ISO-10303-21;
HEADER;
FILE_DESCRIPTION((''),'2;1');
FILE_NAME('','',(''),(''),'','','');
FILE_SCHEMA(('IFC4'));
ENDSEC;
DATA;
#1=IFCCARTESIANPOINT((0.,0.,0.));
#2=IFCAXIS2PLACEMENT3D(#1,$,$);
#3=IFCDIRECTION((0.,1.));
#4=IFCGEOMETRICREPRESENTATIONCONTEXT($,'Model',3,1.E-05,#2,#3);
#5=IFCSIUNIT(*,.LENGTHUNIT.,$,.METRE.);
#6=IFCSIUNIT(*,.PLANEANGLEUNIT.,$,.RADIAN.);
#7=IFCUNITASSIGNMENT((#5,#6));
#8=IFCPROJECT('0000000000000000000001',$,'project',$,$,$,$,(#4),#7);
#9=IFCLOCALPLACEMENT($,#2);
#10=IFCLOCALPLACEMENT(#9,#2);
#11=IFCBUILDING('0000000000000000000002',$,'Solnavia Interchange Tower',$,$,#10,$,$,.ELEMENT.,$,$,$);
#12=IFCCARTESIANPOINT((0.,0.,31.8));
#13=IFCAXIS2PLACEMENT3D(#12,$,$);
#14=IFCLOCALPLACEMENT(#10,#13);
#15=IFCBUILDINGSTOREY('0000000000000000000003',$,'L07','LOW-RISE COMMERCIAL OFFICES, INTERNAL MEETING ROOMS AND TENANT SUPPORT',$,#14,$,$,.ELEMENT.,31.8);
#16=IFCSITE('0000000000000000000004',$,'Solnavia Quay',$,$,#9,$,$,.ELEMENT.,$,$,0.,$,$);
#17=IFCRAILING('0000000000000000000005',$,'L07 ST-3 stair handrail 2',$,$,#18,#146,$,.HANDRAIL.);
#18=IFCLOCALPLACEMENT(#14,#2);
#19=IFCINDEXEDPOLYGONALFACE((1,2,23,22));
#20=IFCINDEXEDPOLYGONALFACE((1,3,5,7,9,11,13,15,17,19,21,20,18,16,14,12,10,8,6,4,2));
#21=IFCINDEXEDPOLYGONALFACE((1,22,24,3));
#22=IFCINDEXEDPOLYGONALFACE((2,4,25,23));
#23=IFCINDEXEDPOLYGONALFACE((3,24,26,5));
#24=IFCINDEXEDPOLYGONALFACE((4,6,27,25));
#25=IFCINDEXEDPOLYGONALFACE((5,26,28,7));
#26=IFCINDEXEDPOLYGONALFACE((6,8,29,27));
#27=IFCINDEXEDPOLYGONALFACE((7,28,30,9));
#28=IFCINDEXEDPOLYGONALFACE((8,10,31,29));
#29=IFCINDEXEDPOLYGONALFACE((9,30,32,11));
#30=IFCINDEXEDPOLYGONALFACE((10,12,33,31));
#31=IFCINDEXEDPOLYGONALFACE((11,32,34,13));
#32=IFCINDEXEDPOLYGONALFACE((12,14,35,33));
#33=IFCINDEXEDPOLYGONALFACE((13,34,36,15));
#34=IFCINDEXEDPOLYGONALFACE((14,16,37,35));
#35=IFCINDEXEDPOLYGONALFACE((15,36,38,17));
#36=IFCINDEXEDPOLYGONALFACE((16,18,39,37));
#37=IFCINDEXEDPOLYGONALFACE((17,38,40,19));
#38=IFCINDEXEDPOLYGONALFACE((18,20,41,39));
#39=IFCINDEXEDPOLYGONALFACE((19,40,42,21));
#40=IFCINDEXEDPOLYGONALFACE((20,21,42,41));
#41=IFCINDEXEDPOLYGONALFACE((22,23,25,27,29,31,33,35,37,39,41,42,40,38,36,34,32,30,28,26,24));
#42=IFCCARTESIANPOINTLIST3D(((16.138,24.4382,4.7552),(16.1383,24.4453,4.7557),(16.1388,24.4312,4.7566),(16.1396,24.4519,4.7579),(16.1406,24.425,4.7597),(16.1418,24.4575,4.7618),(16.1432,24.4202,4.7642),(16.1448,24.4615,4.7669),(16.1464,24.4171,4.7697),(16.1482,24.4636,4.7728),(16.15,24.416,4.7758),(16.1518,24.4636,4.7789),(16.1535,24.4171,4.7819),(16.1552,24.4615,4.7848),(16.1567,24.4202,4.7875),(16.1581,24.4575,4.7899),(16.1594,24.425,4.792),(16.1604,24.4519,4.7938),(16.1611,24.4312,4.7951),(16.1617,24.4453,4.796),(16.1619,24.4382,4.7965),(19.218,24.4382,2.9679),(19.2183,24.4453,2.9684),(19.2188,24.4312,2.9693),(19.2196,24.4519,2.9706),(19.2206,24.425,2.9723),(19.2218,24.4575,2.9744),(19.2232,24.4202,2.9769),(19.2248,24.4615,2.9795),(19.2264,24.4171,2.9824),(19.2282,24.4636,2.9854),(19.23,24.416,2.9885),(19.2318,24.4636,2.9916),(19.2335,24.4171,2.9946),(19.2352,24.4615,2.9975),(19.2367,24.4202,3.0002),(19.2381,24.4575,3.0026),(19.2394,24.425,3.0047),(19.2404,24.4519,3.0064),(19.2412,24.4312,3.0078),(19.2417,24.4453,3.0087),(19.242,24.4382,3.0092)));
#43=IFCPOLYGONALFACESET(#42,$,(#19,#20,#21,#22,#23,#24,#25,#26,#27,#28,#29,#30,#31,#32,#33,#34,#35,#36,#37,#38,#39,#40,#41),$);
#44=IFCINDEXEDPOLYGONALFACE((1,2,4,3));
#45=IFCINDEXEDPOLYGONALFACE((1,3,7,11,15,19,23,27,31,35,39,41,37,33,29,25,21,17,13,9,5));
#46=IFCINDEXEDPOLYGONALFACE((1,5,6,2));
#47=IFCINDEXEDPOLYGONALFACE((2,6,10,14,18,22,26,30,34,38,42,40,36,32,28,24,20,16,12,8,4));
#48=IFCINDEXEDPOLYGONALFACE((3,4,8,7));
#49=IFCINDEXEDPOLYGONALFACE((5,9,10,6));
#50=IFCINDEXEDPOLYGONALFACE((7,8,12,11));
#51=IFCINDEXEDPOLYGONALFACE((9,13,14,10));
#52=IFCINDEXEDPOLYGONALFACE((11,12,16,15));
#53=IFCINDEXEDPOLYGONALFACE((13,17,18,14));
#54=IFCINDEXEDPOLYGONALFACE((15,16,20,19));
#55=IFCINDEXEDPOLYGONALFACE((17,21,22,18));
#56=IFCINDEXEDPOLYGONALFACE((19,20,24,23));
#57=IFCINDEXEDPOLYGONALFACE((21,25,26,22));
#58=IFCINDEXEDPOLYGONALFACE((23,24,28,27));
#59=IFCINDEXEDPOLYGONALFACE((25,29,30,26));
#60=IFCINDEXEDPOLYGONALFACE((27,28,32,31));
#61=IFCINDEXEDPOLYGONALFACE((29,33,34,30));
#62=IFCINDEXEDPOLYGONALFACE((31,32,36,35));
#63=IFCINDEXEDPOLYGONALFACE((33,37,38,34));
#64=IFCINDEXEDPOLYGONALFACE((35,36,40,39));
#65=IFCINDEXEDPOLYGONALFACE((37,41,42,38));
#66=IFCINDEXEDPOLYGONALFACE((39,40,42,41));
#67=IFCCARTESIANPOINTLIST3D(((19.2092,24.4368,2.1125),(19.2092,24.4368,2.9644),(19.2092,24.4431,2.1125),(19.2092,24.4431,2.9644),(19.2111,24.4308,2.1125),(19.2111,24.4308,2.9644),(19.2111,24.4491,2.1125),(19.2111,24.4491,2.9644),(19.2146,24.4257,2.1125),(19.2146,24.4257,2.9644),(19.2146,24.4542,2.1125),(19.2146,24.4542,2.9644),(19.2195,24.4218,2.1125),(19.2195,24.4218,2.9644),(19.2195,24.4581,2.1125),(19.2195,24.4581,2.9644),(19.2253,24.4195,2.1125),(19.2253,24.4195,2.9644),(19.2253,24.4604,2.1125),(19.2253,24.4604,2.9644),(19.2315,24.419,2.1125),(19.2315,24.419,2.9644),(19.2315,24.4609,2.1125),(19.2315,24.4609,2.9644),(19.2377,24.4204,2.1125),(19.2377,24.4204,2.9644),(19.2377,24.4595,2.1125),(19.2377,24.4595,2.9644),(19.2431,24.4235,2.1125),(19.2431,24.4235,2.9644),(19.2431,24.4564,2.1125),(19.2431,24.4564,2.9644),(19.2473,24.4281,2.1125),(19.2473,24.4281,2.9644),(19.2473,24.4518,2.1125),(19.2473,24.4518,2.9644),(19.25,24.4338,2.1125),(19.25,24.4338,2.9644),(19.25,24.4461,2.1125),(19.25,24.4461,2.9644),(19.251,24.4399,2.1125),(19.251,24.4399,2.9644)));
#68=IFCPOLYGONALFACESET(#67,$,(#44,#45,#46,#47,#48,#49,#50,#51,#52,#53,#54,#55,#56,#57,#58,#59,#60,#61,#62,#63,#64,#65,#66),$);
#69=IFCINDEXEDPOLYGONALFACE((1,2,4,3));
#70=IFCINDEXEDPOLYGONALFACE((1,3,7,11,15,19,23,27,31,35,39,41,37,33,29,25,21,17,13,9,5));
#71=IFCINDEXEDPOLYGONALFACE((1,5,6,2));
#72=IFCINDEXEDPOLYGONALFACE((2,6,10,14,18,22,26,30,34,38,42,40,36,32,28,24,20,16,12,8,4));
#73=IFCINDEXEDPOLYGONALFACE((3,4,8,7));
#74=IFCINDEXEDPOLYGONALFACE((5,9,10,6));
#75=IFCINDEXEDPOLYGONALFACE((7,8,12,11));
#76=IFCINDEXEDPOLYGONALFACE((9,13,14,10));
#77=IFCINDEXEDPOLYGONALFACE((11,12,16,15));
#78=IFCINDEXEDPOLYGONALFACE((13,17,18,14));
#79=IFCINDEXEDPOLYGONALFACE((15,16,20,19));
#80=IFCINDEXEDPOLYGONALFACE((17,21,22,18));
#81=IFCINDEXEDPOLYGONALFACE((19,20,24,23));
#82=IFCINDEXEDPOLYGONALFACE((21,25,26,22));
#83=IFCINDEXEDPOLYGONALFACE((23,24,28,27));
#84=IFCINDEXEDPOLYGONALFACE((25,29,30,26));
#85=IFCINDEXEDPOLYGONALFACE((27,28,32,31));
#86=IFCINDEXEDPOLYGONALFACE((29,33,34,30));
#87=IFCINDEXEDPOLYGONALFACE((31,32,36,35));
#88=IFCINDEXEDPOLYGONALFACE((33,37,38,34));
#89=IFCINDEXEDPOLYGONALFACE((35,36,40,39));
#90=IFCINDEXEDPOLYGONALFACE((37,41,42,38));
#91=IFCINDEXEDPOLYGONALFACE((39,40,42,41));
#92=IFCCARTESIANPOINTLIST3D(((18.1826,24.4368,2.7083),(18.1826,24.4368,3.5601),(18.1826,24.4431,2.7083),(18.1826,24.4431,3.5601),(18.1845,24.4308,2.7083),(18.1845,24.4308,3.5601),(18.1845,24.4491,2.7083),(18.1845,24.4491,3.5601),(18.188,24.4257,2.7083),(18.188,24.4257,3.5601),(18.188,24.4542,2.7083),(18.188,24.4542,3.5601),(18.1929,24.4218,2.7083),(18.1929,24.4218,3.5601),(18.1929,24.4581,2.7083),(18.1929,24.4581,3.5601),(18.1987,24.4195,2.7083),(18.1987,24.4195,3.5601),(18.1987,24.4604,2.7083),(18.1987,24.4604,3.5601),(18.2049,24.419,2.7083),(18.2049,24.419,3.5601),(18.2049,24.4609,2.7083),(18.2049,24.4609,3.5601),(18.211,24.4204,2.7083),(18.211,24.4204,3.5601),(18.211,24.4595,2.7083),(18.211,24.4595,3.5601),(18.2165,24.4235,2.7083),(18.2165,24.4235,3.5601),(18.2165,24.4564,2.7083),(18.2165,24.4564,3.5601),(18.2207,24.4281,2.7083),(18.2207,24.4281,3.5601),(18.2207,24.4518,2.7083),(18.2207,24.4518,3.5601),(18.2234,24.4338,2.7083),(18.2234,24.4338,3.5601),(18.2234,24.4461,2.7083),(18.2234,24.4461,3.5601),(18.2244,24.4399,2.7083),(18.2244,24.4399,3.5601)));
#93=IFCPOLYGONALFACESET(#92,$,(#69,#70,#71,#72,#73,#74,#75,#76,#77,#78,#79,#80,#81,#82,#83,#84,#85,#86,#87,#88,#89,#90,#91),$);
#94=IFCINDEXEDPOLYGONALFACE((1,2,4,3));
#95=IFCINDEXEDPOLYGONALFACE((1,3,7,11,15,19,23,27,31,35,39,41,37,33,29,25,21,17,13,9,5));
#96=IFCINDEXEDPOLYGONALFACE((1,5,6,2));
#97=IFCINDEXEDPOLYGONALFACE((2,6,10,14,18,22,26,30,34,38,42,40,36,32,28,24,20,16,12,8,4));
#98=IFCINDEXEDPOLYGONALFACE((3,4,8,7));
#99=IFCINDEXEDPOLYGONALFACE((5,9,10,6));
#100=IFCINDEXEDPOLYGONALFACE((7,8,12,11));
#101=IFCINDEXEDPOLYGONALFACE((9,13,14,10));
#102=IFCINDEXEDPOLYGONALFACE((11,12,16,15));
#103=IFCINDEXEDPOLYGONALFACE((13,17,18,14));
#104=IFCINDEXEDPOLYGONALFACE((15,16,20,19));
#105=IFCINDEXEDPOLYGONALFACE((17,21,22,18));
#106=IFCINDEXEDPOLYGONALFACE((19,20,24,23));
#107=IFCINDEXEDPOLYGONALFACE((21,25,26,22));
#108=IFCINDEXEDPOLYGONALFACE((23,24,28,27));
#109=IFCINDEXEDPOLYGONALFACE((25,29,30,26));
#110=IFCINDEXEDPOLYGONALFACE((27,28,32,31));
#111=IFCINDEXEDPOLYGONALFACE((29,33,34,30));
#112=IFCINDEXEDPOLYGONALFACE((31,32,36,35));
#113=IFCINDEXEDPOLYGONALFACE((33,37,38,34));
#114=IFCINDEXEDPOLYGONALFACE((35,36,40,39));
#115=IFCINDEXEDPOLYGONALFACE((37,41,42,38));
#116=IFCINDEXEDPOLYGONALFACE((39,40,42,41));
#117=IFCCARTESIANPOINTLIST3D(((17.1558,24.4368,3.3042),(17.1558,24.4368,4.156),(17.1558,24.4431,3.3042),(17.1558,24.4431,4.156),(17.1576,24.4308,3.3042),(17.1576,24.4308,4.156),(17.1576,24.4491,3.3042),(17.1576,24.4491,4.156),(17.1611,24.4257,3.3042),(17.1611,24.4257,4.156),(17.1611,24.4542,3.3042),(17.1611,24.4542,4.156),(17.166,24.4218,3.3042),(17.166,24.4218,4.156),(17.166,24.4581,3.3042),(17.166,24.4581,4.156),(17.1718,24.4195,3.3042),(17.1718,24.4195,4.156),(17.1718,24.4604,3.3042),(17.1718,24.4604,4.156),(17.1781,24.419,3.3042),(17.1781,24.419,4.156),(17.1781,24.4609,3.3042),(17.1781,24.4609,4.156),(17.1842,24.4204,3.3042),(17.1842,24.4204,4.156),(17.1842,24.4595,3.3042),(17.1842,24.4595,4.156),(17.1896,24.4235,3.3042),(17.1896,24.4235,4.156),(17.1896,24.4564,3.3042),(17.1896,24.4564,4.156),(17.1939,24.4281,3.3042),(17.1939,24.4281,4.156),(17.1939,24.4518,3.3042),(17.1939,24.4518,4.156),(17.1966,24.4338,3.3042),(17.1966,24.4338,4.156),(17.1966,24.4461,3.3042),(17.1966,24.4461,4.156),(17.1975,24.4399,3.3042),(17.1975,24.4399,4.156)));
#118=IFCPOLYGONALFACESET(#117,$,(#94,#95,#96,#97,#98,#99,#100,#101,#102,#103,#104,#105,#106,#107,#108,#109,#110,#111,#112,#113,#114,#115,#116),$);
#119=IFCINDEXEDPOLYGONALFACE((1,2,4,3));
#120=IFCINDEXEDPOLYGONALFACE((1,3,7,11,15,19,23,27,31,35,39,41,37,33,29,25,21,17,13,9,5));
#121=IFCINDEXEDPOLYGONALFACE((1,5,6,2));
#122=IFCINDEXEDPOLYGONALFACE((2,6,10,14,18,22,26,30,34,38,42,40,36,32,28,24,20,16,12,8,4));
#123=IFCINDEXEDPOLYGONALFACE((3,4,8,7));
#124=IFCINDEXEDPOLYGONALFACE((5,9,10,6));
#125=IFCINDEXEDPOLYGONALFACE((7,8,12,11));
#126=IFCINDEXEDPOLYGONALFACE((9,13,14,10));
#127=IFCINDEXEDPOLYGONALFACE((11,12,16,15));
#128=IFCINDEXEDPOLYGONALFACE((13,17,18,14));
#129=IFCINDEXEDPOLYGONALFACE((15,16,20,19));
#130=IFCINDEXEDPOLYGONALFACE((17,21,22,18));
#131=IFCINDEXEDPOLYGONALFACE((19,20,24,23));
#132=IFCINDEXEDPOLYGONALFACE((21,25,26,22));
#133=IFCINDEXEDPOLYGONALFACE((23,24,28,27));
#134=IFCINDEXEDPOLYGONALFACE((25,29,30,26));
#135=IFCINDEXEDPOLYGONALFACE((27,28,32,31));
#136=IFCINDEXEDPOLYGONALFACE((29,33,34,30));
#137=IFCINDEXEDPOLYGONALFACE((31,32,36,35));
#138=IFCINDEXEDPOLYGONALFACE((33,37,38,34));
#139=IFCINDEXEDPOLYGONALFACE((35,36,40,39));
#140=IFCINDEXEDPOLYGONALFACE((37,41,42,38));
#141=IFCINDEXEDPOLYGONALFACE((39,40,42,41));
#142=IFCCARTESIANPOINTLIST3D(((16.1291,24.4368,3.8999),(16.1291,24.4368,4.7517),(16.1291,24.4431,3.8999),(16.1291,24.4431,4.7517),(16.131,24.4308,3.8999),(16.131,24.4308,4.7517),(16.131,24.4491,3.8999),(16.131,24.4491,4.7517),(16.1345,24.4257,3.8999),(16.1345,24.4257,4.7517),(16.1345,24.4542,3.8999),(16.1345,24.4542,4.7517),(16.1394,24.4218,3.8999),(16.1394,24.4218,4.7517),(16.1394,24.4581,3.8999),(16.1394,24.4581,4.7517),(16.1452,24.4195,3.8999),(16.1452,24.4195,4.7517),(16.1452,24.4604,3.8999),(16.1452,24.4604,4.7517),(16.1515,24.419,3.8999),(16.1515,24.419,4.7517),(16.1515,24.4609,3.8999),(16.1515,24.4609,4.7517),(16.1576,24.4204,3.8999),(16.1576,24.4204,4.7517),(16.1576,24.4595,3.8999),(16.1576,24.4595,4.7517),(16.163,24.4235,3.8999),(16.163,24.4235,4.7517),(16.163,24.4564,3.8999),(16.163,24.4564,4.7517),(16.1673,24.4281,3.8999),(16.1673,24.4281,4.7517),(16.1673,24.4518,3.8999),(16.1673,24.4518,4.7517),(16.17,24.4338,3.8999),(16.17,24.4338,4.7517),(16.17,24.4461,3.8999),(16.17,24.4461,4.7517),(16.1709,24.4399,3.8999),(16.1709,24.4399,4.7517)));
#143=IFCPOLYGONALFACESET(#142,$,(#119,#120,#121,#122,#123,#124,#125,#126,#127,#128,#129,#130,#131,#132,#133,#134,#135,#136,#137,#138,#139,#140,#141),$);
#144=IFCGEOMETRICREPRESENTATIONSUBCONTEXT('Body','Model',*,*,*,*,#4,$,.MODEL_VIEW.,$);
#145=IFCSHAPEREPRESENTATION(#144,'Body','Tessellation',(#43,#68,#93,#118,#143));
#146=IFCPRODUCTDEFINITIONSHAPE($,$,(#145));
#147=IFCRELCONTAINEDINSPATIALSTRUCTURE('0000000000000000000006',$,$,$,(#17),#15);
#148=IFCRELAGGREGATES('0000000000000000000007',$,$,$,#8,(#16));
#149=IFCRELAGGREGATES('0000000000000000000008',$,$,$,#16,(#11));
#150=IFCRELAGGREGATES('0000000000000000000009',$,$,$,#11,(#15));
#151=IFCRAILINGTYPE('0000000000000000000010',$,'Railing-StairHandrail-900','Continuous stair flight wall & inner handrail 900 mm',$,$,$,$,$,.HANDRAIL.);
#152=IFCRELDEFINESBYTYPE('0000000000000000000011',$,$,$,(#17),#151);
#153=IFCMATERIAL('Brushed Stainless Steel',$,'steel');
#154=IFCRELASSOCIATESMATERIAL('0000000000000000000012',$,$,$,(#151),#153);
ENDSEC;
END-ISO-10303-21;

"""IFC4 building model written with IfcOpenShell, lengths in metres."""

from ifc_helpers import new_model, si_unit, direction, frame, origin, origin_2d, place, context, subcontext, project, spatial, circle, extrude, material, type_object, element, save


model = new_model("IFC4")

# Units and contexts
model_context = context("Model", 3, precision=1e-05, world=origin(), true_north=direction((0.0, 1.0)))
body_context = subcontext(model_context, "Body", "Model", "MODEL_VIEW")
ifc_project = project(units=[si_unit("LENGTHUNIT", "METRE"), si_unit("PLANEANGLEUNIT", "RADIAN")], contexts=[model_context])

# Site, building, storey
site_placement = place(None, origin())
site = spatial("IfcSite", under=ifc_project, at=site_placement, Name="Solnavia Quay", CompositionType="ELEMENT", RefElevation=0.0)
building_placement = place(site_placement, origin())
building = spatial("IfcBuilding", under=site, at=building_placement, Name="Solnavia Interchange Tower", CompositionType="ELEMENT")
storey_placement = place(building_placement, frame((0.0, 0.0, 31.8)))
storey = spatial("IfcBuildingStorey", under=building, at=storey_placement, Name="L07", Description="LOW-RISE COMMERCIAL OFFICES, INTERNAL MEETING ROOMS AND TENANT SUPPORT", CompositionType="ELEMENT", Elevation=31.8)

# Railing
ifc_material_1 = material(Name="Brushed Stainless Steel", Category="steel")
railing_type = type_object("IfcRailingType", Name="Railing-StairHandrail-900", Description="Continuous stair flight wall & inner handrail 900 mm", PredefinedType="HANDRAIL", material=ifc_material_1)
railing_placement = place(storey_placement, frame((19.23, 24.4399, 2.1125)))
element("IfcRailing", 1, at=railing_placement, inside=storey, type_object=railing_type, Name="L07 ST-3 stair handrail 2", PredefinedType="HANDRAIL", context=body_context, shape_type="SweptSolid", body=[
    extrude(circle(Radius=0.0239, at=origin_2d()), frame((0.0, 0.0, 0.876), z_axis=(-0.86492, 0.0, 0.501909), x_axis=(0.0, -1.0, 0.0)), (0.0, 0.0, 1.0), 3.561),
    extrude(circle(Radius=0.021, at=origin_2d()), origin(), (0.0, 0.0, 1.0), 0.8518),
    extrude(circle(Radius=0.021, at=origin_2d()), frame((-1.0266, 0.0, 0.5957)), (0.0, 0.0, 1.0), 0.8518),
    extrude(circle(Radius=0.021, at=origin_2d()), frame((-2.0535, 0.0, 1.1917)), (0.0, 0.0, 1.0), 0.8518),
    extrude(circle(Radius=0.021, at=origin_2d()), frame((-3.0801, 0.0, 1.7874)), (0.0, 0.0, 1.0), 0.8518),
])

save(model, "model.ifc")
